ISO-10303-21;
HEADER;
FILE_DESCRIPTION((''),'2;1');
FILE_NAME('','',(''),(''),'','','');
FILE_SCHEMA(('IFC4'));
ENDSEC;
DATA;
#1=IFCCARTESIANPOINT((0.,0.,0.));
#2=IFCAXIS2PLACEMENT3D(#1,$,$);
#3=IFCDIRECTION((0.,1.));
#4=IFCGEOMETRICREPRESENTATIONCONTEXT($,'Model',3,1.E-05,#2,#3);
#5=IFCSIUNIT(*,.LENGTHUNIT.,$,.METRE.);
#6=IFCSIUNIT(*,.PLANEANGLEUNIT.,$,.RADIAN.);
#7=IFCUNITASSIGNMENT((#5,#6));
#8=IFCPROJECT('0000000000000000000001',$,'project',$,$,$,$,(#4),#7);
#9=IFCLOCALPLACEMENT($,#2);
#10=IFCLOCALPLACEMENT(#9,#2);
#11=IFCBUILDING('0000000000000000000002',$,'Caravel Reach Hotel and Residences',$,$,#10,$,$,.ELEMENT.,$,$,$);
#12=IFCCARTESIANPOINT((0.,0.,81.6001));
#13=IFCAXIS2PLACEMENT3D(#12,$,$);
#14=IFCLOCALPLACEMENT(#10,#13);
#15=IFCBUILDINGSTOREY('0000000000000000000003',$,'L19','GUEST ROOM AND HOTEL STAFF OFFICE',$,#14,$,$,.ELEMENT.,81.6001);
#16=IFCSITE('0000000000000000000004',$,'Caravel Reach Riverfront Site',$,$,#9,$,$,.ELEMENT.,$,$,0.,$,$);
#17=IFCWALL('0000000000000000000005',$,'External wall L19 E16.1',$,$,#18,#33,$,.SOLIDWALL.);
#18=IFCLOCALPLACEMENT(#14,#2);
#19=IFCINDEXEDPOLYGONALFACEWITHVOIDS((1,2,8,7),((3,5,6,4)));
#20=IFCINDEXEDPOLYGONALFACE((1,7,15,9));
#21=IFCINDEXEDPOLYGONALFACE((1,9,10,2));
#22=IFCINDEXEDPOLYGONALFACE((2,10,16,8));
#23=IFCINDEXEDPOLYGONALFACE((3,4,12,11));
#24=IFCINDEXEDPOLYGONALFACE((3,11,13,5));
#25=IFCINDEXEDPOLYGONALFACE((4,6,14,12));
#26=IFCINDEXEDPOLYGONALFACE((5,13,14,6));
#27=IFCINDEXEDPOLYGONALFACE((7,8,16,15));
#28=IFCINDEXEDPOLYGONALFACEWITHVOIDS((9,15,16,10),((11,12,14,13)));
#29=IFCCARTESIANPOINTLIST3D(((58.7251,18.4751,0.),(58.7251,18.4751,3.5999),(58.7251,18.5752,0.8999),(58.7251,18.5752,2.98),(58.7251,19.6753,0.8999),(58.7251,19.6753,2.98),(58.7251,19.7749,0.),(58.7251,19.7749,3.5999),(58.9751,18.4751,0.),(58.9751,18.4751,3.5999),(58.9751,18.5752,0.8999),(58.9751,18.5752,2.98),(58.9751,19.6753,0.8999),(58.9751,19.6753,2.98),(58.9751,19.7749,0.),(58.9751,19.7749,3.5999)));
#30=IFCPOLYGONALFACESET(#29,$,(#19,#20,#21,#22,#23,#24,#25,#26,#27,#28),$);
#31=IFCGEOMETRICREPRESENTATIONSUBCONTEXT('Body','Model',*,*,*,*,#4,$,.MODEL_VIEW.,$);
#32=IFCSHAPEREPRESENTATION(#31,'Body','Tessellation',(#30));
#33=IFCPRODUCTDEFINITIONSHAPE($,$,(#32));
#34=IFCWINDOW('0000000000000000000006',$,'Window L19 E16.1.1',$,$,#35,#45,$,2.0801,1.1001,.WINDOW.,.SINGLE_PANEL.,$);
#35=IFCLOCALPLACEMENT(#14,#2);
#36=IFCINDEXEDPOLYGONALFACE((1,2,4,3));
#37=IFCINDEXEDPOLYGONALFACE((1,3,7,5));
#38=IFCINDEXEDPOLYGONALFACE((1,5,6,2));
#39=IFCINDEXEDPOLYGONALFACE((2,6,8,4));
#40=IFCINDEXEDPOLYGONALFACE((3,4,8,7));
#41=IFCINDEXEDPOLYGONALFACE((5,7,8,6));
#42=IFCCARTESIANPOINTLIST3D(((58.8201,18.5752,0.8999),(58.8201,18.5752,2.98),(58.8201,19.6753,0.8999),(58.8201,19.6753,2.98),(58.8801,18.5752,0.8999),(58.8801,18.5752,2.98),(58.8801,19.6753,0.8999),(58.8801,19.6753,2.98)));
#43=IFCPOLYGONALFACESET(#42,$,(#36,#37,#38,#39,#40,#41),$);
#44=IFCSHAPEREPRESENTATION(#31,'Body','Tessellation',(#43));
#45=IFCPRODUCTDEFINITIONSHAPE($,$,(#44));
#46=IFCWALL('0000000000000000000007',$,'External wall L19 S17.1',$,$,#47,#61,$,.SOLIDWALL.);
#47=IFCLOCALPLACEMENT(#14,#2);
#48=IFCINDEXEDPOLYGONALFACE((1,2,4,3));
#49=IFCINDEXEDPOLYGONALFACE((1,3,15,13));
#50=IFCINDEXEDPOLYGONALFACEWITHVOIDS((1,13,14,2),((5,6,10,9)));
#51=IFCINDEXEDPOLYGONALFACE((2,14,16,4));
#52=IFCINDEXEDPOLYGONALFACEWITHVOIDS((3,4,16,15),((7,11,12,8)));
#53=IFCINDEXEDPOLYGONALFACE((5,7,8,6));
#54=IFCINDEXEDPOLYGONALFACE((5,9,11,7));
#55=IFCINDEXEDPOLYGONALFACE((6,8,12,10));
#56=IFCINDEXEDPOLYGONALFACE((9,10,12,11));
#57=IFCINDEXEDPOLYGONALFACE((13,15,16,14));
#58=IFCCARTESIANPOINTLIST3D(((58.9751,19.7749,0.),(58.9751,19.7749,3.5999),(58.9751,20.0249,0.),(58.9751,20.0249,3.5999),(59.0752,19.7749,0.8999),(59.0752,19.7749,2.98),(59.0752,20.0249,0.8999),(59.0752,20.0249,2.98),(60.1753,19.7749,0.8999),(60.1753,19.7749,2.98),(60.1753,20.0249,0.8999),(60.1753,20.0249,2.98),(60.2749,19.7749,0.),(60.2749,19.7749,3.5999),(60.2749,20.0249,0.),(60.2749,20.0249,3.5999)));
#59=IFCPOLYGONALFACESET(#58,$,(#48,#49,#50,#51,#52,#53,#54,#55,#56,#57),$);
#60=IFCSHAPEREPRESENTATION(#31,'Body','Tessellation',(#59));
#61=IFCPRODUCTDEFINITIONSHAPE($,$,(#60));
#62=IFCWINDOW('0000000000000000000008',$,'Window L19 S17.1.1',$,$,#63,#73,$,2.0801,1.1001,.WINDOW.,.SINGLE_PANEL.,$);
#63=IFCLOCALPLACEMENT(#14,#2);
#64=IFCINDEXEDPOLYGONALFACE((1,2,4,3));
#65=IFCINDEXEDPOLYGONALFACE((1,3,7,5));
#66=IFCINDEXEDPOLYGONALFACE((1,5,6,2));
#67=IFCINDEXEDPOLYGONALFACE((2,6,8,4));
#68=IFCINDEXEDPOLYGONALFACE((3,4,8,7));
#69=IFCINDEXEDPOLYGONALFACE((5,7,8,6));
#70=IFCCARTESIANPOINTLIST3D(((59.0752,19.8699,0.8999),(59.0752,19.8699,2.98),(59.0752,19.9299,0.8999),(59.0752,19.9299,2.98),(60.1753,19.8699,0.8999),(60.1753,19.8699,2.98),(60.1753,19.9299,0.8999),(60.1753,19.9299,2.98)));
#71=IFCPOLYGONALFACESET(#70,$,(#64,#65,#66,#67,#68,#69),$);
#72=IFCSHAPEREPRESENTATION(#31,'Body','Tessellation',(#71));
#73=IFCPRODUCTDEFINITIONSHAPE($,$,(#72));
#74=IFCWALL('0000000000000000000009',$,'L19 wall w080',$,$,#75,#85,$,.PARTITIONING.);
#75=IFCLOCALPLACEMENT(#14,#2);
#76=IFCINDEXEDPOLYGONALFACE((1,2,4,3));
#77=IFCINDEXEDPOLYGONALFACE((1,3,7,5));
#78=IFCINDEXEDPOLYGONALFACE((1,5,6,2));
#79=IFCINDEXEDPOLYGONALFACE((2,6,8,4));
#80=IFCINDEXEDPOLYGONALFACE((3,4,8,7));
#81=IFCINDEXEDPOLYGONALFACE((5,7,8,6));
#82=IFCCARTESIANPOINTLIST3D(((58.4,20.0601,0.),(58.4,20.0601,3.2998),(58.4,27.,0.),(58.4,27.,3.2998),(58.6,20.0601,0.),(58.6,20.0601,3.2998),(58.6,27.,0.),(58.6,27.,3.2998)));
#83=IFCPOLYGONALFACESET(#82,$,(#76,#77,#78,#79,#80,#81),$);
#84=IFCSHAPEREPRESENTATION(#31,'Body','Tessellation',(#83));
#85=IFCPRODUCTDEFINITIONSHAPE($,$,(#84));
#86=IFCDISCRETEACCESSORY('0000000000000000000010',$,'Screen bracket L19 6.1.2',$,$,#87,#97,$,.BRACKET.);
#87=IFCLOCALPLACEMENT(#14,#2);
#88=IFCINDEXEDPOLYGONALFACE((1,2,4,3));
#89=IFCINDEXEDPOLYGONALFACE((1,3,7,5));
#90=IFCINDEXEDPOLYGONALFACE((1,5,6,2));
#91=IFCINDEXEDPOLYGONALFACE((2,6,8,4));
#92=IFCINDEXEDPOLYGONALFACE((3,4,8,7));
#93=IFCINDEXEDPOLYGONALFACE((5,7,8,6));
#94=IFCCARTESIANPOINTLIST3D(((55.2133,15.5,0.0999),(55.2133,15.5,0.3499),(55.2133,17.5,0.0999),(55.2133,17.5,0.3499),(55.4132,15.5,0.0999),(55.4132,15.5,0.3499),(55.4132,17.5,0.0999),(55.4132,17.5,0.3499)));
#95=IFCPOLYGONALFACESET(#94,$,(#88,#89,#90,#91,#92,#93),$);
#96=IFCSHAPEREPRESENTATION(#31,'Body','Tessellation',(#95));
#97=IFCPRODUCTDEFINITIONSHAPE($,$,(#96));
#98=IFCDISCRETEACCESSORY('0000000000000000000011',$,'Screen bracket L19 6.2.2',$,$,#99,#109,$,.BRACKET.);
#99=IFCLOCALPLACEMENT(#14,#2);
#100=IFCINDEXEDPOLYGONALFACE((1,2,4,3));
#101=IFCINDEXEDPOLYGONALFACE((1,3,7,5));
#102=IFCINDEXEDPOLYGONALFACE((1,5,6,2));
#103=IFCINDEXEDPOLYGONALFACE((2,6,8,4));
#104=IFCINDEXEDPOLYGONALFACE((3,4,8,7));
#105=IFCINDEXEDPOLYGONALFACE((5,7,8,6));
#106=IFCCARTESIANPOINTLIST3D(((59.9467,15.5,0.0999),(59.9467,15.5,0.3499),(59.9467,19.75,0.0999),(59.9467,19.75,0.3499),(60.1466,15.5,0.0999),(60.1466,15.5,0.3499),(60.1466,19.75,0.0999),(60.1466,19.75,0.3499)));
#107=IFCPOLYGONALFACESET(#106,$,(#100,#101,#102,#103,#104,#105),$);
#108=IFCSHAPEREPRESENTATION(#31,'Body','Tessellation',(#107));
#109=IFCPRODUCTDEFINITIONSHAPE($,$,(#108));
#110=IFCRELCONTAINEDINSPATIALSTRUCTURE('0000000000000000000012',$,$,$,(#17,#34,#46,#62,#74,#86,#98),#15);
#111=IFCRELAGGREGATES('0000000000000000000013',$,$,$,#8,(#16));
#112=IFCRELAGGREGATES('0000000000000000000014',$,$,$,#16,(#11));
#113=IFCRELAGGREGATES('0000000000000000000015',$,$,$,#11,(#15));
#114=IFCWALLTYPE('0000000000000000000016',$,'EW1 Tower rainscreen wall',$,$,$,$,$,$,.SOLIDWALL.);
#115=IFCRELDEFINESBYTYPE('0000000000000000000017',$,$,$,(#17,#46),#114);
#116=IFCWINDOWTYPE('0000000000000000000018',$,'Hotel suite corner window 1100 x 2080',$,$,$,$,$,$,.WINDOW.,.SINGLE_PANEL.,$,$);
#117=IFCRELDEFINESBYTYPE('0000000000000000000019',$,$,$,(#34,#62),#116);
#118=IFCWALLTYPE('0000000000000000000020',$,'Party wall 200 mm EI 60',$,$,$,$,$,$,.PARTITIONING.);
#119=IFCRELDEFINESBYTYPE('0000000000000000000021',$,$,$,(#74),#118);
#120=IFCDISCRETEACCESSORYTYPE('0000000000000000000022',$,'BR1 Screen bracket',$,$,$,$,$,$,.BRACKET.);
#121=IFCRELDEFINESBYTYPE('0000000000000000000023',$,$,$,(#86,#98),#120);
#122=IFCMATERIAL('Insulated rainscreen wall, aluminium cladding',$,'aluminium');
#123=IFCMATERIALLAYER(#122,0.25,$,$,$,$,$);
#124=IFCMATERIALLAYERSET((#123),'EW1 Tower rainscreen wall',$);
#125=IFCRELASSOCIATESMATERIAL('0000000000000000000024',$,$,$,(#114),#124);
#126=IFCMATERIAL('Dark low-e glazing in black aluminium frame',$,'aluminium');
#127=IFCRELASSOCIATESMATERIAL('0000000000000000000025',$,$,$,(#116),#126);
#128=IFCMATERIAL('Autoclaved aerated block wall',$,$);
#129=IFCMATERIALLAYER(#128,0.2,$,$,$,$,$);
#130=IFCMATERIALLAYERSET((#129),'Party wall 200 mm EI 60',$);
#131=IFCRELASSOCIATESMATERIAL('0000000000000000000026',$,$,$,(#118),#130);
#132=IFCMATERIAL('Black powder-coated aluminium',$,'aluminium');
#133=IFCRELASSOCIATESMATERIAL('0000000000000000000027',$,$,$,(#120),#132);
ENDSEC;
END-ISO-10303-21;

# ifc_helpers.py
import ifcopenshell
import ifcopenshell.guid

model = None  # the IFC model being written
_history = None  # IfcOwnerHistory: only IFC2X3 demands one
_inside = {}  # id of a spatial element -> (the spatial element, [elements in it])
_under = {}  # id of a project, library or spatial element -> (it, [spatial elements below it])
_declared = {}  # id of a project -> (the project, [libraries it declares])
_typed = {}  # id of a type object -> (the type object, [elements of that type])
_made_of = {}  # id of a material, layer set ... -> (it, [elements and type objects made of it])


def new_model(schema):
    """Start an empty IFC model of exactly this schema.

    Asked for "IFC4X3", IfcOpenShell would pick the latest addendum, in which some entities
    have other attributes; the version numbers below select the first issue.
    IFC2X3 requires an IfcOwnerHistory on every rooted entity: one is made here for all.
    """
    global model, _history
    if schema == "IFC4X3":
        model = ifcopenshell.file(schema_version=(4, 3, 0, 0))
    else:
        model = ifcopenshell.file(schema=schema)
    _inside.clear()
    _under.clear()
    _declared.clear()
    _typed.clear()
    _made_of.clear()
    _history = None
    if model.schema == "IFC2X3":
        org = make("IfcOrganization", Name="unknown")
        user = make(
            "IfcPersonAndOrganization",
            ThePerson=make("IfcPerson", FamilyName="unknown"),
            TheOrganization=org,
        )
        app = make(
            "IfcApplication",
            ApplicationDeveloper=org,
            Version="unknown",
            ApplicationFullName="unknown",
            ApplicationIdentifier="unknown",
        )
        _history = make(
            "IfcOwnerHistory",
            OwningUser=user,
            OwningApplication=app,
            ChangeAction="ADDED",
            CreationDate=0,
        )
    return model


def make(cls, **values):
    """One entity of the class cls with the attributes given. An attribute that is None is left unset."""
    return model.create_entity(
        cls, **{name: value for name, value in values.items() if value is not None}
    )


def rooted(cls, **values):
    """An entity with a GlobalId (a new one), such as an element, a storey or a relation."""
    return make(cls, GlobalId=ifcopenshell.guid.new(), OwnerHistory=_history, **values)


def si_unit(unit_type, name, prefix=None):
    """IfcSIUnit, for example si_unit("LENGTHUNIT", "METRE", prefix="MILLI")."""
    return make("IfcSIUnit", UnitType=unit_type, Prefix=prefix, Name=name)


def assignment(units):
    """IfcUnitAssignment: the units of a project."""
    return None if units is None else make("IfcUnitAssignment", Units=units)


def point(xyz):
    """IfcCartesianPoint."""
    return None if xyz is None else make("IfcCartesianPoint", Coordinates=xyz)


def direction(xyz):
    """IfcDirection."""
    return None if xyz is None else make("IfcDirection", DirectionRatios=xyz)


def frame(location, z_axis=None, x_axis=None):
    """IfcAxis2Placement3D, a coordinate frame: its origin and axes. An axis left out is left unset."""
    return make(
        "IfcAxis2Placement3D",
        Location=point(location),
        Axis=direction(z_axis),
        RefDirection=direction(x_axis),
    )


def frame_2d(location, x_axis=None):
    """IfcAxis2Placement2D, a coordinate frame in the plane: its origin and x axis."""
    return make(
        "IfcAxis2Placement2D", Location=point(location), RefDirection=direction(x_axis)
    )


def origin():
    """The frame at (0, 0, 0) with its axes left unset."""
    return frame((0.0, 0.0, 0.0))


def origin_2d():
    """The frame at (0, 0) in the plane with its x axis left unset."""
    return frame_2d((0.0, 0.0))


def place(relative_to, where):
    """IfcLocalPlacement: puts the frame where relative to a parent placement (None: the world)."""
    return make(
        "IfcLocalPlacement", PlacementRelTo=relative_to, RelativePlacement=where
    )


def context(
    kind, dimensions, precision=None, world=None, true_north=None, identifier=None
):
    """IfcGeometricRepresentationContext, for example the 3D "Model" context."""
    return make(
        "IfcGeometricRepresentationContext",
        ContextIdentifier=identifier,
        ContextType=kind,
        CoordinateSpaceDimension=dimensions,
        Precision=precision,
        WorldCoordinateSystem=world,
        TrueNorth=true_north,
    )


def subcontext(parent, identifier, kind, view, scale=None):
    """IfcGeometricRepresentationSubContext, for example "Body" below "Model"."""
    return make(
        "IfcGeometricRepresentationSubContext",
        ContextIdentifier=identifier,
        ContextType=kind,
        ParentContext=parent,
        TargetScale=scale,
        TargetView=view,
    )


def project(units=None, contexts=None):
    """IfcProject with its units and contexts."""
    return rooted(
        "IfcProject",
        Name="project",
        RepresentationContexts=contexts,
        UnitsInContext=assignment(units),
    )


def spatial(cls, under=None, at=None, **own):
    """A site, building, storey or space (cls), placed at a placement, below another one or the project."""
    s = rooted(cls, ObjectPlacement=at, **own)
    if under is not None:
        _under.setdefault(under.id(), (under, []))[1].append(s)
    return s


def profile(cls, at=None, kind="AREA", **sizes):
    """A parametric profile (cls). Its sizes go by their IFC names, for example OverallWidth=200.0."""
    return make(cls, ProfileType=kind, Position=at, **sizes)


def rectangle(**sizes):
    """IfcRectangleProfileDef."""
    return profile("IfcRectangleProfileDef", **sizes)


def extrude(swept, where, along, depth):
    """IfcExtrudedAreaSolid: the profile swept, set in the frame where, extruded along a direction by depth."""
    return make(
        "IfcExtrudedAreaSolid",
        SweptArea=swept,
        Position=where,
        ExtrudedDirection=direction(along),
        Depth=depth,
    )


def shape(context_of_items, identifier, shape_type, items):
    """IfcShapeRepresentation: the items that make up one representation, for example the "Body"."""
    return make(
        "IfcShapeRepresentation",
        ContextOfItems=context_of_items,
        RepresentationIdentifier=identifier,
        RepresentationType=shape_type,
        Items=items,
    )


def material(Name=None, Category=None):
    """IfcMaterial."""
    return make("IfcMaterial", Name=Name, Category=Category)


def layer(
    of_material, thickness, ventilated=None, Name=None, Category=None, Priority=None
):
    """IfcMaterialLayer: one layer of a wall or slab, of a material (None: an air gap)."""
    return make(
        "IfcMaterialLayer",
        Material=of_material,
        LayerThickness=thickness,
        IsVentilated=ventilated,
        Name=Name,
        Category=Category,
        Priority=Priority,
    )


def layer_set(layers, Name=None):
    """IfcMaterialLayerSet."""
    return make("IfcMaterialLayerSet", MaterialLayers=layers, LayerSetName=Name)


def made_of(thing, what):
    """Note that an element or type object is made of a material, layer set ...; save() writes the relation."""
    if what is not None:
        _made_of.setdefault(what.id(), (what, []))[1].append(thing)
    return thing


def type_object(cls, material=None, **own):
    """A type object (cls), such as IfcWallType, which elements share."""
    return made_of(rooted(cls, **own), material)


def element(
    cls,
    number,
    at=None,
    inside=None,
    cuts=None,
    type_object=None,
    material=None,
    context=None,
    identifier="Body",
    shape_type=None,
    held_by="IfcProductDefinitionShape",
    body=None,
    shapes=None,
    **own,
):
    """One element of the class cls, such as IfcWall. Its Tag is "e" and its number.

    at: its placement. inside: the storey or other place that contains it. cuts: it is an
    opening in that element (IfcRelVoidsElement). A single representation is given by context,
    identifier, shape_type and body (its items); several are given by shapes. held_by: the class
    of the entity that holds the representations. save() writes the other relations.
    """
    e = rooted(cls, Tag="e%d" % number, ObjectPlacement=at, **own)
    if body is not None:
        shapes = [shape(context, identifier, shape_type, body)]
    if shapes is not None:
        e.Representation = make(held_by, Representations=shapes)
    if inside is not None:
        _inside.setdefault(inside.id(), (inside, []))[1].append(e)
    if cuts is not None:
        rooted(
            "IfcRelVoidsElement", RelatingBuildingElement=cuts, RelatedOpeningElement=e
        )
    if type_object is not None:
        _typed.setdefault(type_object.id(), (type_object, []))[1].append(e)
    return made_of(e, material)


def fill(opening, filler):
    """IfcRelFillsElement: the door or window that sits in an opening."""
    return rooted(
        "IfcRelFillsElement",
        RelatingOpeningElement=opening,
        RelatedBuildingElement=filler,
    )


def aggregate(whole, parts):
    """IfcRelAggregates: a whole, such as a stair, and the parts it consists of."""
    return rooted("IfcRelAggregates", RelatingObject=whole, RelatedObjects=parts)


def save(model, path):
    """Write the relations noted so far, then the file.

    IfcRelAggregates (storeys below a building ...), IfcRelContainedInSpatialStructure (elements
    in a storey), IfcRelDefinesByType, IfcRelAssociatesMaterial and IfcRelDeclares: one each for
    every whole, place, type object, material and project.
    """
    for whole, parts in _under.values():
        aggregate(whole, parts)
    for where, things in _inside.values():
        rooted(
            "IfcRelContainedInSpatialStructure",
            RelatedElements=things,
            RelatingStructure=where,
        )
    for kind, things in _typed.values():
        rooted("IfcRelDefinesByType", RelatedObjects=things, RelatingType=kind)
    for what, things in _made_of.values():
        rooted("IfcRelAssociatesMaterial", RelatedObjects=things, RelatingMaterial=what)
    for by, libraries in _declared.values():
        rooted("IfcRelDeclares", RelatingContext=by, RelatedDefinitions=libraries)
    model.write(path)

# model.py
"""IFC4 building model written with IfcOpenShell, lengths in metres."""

from ifc_helpers import new_model, si_unit, direction, frame, frame_2d, origin, origin_2d, place, context, subcontext, project, spatial, rectangle, extrude, material, layer, layer_set, type_object, element, fill, save


model = new_model("IFC4")

# Units and contexts
model_context = context("Model", 3, precision=1e-05, world=origin(), true_north=direction((0.0, 1.0)))
body_context = subcontext(model_context, "Body", "Model", "MODEL_VIEW")
ifc_project = project(units=[si_unit("LENGTHUNIT", "METRE"), si_unit("PLANEANGLEUNIT", "RADIAN")], contexts=[model_context])

# Site, building, storey
site_placement = place(None, origin())
site = spatial("IfcSite", under=ifc_project, at=site_placement, Name="Caravel Reach Riverfront Site", CompositionType="ELEMENT", RefElevation=0.0)
building_placement = place(site_placement, origin())
building = spatial("IfcBuilding", under=site, at=building_placement, Name="Caravel Reach Hotel and Residences", CompositionType="ELEMENT")
storey_placement = place(building_placement, frame((0.0, 0.0, 81.6001)))
storey = spatial("IfcBuildingStorey", under=building, at=storey_placement, Name="L19", Description="GUEST ROOM AND HOTEL STAFF OFFICE", CompositionType="ELEMENT", Elevation=81.6001)

# Walls, openings, windows
ifc_material_1 = material(Name="Insulated rainscreen wall, aluminium cladding", Category="aluminium")
ifc_layer_1 = layer(ifc_material_1, 0.25)
ifc_layer_set_1 = layer_set([ifc_layer_1], Name="EW1 Tower rainscreen wall")
wall_type_1 = type_object("IfcWallType", Name="EW1 Tower rainscreen wall", PredefinedType="SOLIDWALL", material=ifc_layer_set_1)
wall_1_placement = place(storey_placement, frame((58.8501, 18.4751, 0.0), z_axis=(0.0, 0.0, 1.0), x_axis=(0.0, 1.0, 0.0)))
wall_1 = element("IfcWall", 1, at=wall_1_placement, inside=storey, type_object=wall_type_1, Name="External wall L19 E16.1", PredefinedType="SOLIDWALL", context=body_context, shape_type="SweptSolid", body=[
    extrude(rectangle(XDim=1.2998, YDim=0.25, at=frame_2d((0.6499, 0.0))), origin(), (0.0, 0.0, 1.0), 3.5999),
])
opening_1_placement = place(wall_1_placement, frame((0.1001, 0.0, 0.8999)))
opening_1 = element("IfcOpeningElement", 2, at=opening_1_placement, cuts=wall_1, PredefinedType="OPENING", context=body_context, shape_type="SweptSolid", body=[
    extrude(rectangle(XDim=1.1001, YDim=2.0801, at=frame_2d((0.55, 1.04))), frame((0.0, 0.135, 0.0), z_axis=(0.0, -1.0, 0.0), x_axis=(1.0, 0.0, 0.0)), (0.0, 0.0, 1.0), 0.27),
])
ifc_material_2 = material(Name="Dark low-e glazing in black aluminium frame", Category="aluminium")
window_type = type_object("IfcWindowType", Name="Hotel suite corner window 1100 x 2080", PartitioningType="SINGLE_PANEL", PredefinedType="WINDOW", material=ifc_material_2)
window_1_placement = place(opening_1_placement, origin())
window_1 = element("IfcWindow", 3, at=window_1_placement, inside=storey, type_object=window_type, Name="Window L19 E16.1.1", OverallHeight=2.0801, OverallWidth=1.1001, PartitioningType="SINGLE_PANEL", PredefinedType="WINDOW", context=body_context, shape_type="SweptSolid", body=[
    extrude(rectangle(XDim=1.1001, YDim=2.0801, at=frame_2d((0.55, 1.04))), frame((0.0, 0.03, 0.0), z_axis=(0.0, -1.0, 0.0), x_axis=(1.0, 0.0, 0.0)), (0.0, 0.0, 1.0), 0.0601),
])
fill(opening_1, window_1)
wall_2_placement = place(storey_placement, frame((58.9751, 19.8999, 0.0), z_axis=(0.0, 0.0, 1.0), x_axis=(1.0, 0.0, 0.0)))
wall_2 = element("IfcWall", 4, at=wall_2_placement, inside=storey, type_object=wall_type_1, Name="External wall L19 S17.1", PredefinedType="SOLIDWALL", context=body_context, shape_type="SweptSolid", body=[
    extrude(rectangle(XDim=1.2998, YDim=0.25, at=frame_2d((0.6499, 0.0))), origin(), (0.0, 0.0, 1.0), 3.5999),
])
opening_2_placement = place(wall_2_placement, frame((0.1001, 0.0, 0.8999)))
opening_2 = element("IfcOpeningElement", 5, at=opening_2_placement, cuts=wall_2, PredefinedType="OPENING", context=body_context, shape_type="SweptSolid", body=[
    extrude(rectangle(XDim=1.1001, YDim=2.0801, at=frame_2d((0.55, 1.04))), frame((0.0, 0.135, 0.0), z_axis=(0.0, -1.0, 0.0), x_axis=(1.0, 0.0, 0.0)), (0.0, 0.0, 1.0), 0.27),
])
window_2_placement = place(opening_2_placement, origin())
window_2 = element("IfcWindow", 6, at=window_2_placement, inside=storey, type_object=window_type, Name="Window L19 S17.1.1", OverallHeight=2.0801, OverallWidth=1.1001, PartitioningType="SINGLE_PANEL", PredefinedType="WINDOW", context=body_context, shape_type="SweptSolid", body=[
    extrude(rectangle(XDim=1.1001, YDim=2.0801, at=frame_2d((0.55, 1.04))), frame((0.0, 0.03, 0.0), z_axis=(0.0, -1.0, 0.0), x_axis=(1.0, 0.0, 0.0)), (0.0, 0.0, 1.0), 0.0601),
])
fill(opening_2, window_2)

# Wall
ifc_material_3 = material(Name="Autoclaved aerated block wall")
ifc_layer_2 = layer(ifc_material_3, 0.2)
ifc_layer_set_2 = layer_set([ifc_layer_2], Name="Party wall 200 mm EI 60")
wall_type_2 = type_object("IfcWallType", Name="Party wall 200 mm EI 60", PredefinedType="PARTITIONING", material=ifc_layer_set_2)
wall_3_placement = place(storey_placement, frame((58.5, 20.0601, 0.0), z_axis=(0.0, 0.0, 1.0), x_axis=(0.0, 1.0, 0.0)))
element("IfcWall", 7, at=wall_3_placement, inside=storey, type_object=wall_type_2, Name="L19 wall w080", PredefinedType="PARTITIONING", context=body_context, shape_type="SweptSolid", body=[
    extrude(rectangle(XDim=6.9399, YDim=0.2, at=frame_2d((3.47, 0.0))), origin(), (0.0, 0.0, 1.0), 3.2998),
])

# Discrete accessories
ifc_material_4 = material(Name="Black powder-coated aluminium", Category="aluminium")
discrete_accessory_type = type_object("IfcDiscreteAccessoryType", Name="BR1 Screen bracket", PredefinedType="BRACKET", material=ifc_material_4)
discrete_accessory_1_placement = place(storey_placement, frame((55.3132, 16.5, 0.0999), z_axis=(0.0, 0.0, 1.0), x_axis=(0.0, -1.0, 0.0)))
element("IfcDiscreteAccessory", 8, at=discrete_accessory_1_placement, inside=storey, type_object=discrete_accessory_type, Name="Screen bracket L19 6.1.2", PredefinedType="BRACKET", context=body_context, shape_type="SweptSolid", body=[
    extrude(rectangle(XDim=2.0, YDim=0.2, at=origin_2d()), origin(), (0.0, 0.0, 1.0), 0.25),
])
discrete_accessory_2_placement = place(storey_placement, frame((60.0466, 17.625, 0.0999), z_axis=(0.0, 0.0, 1.0), x_axis=(0.0, -1.0, 0.0)))
element("IfcDiscreteAccessory", 9, at=discrete_accessory_2_placement, inside=storey, type_object=discrete_accessory_type, Name="Screen bracket L19 6.2.2", PredefinedType="BRACKET", context=body_context, shape_type="SweptSolid", body=[
    extrude(rectangle(XDim=4.25, YDim=0.2, at=origin_2d()), origin(), (0.0, 0.0, 1.0), 0.25),
])

save(model, "model.ifc")
